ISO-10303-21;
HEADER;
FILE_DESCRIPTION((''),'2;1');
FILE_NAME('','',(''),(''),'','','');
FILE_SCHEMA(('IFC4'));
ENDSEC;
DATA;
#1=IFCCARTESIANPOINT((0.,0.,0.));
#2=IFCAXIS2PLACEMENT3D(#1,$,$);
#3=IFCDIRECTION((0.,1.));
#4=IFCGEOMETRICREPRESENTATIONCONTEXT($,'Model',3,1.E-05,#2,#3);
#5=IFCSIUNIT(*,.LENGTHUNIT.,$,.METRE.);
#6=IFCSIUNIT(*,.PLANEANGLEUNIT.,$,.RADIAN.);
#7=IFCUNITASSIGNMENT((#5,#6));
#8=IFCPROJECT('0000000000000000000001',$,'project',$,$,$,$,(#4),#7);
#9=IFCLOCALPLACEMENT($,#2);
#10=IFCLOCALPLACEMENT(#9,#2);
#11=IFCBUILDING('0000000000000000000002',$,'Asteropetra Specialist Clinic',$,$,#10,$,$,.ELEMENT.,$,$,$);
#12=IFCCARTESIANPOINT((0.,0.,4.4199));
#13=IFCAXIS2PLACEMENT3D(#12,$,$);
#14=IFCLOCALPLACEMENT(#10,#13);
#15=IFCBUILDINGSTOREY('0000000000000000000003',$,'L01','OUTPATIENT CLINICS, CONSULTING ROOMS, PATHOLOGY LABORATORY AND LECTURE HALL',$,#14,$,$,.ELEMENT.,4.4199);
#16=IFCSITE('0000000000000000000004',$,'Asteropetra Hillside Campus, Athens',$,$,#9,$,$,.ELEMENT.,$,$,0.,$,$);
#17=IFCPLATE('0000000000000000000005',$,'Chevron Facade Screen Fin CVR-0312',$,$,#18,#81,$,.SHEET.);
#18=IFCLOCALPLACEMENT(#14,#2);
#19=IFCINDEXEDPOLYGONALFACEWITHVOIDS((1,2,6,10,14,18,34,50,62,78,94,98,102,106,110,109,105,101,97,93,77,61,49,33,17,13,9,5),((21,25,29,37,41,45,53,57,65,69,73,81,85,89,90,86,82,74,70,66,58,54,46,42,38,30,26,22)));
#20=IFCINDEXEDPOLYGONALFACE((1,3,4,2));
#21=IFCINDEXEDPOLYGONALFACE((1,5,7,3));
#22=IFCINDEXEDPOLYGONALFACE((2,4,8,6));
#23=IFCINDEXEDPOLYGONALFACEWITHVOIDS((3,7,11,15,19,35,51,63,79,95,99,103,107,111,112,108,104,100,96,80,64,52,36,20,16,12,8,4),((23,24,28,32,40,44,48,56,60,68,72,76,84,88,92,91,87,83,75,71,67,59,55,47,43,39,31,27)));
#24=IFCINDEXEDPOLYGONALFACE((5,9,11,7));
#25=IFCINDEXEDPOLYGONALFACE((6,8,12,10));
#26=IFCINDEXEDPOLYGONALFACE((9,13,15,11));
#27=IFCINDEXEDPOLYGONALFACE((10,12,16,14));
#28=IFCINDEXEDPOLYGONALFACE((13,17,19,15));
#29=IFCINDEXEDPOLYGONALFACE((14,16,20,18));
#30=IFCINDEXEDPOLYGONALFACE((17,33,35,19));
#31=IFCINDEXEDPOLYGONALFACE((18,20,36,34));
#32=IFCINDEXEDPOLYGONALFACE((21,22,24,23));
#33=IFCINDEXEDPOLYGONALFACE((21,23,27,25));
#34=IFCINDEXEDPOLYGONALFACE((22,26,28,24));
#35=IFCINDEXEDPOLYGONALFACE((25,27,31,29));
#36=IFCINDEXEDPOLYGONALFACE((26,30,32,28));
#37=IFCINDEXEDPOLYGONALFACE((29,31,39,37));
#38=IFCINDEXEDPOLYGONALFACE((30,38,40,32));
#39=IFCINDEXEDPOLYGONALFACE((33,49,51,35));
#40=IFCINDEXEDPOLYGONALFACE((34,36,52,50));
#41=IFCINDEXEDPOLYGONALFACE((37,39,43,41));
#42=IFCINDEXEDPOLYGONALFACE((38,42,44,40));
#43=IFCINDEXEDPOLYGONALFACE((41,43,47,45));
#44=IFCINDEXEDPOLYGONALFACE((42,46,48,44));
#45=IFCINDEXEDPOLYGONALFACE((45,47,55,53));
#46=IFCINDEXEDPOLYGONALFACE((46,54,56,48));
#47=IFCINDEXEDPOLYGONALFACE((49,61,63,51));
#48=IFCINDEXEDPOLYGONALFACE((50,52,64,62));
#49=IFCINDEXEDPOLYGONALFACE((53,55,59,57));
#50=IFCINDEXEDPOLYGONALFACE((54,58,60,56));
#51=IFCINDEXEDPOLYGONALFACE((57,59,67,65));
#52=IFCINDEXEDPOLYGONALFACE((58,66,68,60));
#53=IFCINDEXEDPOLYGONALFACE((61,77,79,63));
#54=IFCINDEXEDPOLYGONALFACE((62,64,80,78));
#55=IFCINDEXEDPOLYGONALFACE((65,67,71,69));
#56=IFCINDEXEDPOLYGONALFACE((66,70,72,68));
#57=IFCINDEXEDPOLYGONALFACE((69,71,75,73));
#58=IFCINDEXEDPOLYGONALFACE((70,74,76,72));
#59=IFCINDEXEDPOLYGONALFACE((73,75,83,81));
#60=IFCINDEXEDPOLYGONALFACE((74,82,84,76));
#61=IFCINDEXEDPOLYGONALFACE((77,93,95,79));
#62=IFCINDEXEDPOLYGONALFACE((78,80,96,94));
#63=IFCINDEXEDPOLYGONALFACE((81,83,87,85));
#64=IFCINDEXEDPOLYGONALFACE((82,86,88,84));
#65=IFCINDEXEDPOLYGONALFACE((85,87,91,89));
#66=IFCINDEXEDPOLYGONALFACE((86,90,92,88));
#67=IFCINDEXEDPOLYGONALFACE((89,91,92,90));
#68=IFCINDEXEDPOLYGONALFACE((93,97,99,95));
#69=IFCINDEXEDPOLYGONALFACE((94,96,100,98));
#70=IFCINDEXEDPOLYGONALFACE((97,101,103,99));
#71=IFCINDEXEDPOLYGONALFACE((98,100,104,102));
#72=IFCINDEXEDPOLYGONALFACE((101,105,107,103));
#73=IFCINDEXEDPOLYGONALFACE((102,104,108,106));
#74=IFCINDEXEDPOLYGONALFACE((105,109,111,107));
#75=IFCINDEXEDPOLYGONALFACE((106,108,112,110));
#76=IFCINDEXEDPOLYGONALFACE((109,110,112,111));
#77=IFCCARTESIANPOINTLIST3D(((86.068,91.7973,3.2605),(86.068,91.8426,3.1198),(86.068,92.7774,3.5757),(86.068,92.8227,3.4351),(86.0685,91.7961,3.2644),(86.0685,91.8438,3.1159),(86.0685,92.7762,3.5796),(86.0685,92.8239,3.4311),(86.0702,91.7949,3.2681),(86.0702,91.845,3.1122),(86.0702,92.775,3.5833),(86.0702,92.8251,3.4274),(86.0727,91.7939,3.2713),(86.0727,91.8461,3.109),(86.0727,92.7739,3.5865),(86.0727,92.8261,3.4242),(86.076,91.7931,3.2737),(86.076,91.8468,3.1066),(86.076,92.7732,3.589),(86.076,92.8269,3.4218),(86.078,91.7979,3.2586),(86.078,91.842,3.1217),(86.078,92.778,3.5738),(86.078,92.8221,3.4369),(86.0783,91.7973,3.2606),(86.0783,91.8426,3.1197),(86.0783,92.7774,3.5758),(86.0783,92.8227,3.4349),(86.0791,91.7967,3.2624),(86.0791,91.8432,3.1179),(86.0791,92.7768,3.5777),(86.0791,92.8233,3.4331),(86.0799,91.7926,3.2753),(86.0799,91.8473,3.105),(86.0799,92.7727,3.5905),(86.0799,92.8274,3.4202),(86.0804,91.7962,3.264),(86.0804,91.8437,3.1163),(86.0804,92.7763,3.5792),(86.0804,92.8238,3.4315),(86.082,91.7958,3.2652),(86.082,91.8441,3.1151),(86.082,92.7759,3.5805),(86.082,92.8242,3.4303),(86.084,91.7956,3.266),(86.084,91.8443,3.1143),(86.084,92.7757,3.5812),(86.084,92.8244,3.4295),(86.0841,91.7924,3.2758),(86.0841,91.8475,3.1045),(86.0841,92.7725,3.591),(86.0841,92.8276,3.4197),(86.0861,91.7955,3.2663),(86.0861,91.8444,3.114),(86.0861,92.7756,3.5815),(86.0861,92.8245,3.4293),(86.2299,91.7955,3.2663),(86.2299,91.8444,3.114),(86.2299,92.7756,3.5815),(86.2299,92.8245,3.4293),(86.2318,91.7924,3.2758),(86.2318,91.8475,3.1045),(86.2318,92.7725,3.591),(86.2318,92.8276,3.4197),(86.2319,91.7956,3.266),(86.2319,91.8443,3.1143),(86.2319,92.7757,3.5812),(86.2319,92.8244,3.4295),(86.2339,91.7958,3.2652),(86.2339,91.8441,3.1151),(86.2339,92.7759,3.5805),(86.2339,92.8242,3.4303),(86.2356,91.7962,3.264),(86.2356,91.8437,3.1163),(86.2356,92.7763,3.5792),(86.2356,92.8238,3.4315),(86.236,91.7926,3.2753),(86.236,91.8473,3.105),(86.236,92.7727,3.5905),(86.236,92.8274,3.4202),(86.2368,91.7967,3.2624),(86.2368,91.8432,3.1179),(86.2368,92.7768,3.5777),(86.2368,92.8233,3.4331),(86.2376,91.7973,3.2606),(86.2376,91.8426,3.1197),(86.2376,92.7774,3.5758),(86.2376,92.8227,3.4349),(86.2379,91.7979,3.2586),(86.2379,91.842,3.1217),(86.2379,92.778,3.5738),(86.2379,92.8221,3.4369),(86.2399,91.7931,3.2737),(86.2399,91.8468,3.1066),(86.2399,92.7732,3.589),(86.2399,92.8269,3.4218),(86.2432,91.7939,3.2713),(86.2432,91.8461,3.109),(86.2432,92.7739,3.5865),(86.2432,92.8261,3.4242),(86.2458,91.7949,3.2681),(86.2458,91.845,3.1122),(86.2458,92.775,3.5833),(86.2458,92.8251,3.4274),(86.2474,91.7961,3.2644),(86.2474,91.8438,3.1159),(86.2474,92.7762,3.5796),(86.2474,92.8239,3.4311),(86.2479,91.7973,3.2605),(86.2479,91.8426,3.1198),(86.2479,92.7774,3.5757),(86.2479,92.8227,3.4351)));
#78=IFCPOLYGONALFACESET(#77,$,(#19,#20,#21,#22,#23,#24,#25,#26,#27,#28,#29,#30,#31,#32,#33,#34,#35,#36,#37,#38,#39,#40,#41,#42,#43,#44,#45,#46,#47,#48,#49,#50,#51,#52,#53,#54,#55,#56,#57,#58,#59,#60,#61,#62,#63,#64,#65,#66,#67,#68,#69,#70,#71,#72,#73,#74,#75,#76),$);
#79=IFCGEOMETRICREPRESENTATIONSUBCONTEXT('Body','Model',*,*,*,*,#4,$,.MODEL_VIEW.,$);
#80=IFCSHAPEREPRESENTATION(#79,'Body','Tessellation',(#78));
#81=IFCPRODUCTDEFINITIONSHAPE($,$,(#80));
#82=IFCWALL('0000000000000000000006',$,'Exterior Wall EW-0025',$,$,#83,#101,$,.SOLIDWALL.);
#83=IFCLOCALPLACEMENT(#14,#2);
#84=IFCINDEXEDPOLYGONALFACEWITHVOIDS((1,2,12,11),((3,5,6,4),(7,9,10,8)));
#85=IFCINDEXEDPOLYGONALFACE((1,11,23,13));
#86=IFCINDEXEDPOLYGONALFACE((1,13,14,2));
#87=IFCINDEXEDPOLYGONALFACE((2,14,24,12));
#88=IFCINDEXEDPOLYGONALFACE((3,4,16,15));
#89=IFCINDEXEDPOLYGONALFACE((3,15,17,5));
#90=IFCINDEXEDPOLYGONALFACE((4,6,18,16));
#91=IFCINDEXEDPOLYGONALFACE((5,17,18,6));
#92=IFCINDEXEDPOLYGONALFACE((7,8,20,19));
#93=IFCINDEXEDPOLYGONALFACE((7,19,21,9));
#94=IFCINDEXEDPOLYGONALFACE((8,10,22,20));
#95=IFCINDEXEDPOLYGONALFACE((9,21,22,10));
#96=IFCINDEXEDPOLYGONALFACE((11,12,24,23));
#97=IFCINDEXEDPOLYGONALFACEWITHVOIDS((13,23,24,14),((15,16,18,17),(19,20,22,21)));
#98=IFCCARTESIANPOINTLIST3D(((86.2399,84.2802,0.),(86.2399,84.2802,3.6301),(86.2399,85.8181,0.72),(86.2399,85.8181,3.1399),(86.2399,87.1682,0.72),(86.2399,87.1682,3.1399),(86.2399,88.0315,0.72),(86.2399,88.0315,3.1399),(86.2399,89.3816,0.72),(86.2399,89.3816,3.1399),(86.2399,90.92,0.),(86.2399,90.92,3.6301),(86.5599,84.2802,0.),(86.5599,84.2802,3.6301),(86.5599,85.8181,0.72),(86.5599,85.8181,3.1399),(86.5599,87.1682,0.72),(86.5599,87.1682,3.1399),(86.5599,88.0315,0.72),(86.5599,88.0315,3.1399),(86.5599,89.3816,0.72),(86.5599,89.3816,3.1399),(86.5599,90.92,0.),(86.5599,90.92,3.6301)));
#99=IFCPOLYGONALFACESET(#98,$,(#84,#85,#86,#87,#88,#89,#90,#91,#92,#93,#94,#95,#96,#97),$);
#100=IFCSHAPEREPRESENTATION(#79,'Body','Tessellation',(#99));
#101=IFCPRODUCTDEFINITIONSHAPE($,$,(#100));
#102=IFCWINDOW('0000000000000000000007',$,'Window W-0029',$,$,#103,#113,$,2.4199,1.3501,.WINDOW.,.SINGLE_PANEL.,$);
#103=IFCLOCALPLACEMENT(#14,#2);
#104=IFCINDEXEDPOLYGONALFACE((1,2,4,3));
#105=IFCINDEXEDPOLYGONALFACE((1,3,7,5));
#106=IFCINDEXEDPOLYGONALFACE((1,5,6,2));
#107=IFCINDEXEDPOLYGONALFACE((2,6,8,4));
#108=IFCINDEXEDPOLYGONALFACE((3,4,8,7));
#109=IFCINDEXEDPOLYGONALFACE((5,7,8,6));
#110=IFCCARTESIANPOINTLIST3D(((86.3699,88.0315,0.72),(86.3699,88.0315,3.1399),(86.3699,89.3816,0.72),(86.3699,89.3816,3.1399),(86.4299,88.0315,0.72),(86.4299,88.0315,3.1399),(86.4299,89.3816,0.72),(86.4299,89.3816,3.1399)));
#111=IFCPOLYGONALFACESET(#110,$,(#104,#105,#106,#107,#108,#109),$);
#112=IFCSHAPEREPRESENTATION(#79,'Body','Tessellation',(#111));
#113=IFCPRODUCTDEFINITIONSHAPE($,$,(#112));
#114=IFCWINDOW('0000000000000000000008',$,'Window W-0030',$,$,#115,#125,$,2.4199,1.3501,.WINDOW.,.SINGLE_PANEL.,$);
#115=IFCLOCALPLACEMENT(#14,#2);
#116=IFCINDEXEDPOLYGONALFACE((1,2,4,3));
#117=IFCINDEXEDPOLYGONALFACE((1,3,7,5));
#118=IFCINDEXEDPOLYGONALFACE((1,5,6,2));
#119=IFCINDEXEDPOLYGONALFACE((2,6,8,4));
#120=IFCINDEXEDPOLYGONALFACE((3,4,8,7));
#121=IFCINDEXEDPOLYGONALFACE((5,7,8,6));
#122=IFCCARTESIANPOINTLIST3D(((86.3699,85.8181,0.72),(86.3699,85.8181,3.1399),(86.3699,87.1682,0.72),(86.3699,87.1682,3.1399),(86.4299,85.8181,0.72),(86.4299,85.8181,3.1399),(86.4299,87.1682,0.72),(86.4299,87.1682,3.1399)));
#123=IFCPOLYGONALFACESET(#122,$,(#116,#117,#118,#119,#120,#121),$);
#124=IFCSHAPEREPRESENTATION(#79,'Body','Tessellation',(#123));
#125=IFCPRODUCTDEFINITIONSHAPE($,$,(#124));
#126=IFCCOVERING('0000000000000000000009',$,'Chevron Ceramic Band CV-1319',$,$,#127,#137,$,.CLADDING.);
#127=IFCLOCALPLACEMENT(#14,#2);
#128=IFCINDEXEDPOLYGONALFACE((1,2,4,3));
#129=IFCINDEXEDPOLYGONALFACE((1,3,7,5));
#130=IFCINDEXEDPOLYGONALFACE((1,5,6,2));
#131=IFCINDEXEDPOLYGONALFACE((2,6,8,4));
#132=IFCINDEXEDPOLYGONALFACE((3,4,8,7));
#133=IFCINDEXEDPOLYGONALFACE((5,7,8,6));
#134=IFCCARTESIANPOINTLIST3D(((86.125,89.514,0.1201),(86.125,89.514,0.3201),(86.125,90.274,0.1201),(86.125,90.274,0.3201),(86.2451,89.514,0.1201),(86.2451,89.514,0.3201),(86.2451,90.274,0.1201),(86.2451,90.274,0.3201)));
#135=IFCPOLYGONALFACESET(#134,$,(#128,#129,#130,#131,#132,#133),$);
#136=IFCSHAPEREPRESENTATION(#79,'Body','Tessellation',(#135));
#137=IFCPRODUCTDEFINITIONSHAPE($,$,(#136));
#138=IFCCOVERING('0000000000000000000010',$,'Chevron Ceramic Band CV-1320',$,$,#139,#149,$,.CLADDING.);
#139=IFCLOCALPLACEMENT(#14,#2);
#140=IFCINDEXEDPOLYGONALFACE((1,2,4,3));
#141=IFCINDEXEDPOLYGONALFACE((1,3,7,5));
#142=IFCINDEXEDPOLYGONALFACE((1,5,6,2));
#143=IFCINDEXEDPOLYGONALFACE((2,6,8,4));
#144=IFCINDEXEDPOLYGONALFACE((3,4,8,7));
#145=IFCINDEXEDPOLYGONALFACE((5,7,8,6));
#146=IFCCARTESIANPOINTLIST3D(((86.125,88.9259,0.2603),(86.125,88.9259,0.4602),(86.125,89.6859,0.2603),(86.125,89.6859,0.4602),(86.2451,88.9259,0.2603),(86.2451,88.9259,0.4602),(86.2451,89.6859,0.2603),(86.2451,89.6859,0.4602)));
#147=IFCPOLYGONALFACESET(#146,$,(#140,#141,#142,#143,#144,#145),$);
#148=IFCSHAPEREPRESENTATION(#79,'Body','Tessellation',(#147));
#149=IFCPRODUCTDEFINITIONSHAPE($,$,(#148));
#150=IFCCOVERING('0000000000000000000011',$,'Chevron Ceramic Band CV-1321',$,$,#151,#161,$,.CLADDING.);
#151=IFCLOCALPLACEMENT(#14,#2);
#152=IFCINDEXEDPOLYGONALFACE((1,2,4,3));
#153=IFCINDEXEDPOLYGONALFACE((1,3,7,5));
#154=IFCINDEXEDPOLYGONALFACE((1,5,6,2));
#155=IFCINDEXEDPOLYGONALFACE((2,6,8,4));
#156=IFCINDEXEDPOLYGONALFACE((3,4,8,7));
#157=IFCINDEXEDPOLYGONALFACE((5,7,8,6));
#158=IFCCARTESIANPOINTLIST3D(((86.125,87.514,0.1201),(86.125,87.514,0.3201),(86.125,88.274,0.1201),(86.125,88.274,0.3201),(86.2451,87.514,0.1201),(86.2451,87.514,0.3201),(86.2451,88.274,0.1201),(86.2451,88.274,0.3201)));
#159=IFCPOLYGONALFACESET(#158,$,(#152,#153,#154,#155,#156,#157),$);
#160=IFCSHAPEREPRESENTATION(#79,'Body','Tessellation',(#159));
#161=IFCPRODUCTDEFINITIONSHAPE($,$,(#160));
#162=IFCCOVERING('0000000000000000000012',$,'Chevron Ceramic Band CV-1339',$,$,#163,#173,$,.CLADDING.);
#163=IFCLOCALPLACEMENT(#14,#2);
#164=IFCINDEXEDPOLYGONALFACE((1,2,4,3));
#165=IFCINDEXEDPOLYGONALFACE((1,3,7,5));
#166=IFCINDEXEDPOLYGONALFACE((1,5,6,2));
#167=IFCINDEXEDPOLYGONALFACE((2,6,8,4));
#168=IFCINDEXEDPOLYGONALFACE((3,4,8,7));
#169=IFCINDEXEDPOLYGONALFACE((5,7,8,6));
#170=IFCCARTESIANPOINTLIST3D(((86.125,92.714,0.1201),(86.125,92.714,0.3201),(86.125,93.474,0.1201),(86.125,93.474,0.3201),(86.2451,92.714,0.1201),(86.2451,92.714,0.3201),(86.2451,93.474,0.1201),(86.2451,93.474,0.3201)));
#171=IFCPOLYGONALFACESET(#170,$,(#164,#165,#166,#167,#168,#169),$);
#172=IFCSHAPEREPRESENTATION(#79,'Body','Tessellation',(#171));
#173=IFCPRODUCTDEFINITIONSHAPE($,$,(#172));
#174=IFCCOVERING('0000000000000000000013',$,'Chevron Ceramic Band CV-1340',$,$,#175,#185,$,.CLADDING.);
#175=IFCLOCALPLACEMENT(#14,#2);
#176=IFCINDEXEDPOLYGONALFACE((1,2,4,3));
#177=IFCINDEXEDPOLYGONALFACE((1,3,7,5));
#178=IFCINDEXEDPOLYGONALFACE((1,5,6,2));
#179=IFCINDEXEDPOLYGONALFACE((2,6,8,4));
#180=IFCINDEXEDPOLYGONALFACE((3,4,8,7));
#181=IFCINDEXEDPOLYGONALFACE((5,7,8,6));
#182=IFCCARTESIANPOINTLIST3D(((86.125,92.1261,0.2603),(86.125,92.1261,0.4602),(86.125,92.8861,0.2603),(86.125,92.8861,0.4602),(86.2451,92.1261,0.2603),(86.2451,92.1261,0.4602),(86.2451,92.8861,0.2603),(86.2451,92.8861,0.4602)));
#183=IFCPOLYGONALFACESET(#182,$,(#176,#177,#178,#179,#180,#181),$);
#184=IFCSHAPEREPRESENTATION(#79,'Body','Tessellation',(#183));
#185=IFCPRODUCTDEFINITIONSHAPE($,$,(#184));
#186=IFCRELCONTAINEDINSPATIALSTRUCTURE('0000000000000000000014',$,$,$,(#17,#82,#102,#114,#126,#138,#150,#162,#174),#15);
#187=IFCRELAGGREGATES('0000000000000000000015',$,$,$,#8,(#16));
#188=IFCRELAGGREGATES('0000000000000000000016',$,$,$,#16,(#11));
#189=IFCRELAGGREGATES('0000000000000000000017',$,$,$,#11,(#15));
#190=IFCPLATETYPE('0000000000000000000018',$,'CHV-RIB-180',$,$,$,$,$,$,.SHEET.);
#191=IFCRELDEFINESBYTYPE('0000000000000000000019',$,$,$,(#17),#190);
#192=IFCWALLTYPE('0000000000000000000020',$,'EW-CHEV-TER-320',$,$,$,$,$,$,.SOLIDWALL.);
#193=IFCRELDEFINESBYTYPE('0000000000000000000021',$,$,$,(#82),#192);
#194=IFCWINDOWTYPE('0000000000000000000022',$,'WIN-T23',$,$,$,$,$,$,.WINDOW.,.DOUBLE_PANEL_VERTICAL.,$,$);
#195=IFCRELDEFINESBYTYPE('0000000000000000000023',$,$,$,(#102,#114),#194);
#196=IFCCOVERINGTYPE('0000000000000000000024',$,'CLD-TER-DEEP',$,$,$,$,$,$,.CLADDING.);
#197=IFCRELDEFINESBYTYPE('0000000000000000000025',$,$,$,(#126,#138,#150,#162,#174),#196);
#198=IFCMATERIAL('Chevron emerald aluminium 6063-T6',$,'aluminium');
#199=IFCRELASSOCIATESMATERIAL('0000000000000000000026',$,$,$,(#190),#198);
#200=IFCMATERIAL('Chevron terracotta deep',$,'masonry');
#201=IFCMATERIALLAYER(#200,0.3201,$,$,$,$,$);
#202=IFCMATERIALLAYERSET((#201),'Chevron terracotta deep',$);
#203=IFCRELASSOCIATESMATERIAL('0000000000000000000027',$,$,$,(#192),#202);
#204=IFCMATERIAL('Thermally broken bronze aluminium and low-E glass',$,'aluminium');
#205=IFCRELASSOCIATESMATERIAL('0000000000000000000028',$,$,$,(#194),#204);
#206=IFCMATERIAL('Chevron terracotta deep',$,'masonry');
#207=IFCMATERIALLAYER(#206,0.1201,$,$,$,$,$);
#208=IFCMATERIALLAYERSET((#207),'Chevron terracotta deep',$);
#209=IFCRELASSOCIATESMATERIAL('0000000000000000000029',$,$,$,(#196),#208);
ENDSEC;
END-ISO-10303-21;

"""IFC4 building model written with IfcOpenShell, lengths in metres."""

from ifc_helpers import new_model, si_unit, direction, frame, frame_2d, origin, origin_2d, place, context, subcontext, project, spatial, rectangle, hollow_rectangle, extrude, material, layer, layer_set, material_profile, profile_set, type_object, element, fill, save


model = new_model("IFC4")

# Units and contexts
model_context = context("Model", 3, precision=1e-05, world=origin(), true_north=direction((0.0, 1.0)))
body_context = subcontext(model_context, "Body", "Model", "MODEL_VIEW")
ifc_project = project(units=[si_unit("LENGTHUNIT", "METRE"), si_unit("PLANEANGLEUNIT", "RADIAN")], contexts=[model_context])

# Site, building, storey
site_placement = place(None, origin())
site = spatial("IfcSite", under=ifc_project, at=site_placement, Name="Asteropetra Hillside Campus, Athens", CompositionType="ELEMENT", RefElevation=0.0)
building_placement = place(site_placement, origin())
building = spatial("IfcBuilding", under=site, at=building_placement, Name="Asteropetra Specialist Clinic", CompositionType="ELEMENT")
storey_placement = place(building_placement, frame((0.0, 0.0, 4.4199)))
storey = spatial("IfcBuildingStorey", under=building, at=storey_placement, Name="L01", Description="OUTPATIENT CLINICS, CONSULTING ROOMS, PATHOLOGY LABORATORY AND LECTURE HALL", CompositionType="ELEMENT", Elevation=4.4199)

# Plate
ifc_material_1 = material(Name="Chevron emerald aluminium 6063-T6", Category="aluminium")
ifc_material_profile_1 = material_profile(ifc_material_1, hollow_rectangle(XDim=0.1799, YDim=0.1799, WallThickness=0.01, InnerFilletRadius=0.0081, OuterFilletRadius=0.0161, at=origin_2d()), Name="SHS 180x180x10.0")
ifc_profile_set_1 = profile_set([ifc_material_profile_1], Name="Chevron emerald aluminium 6063-T6")
plate_type = type_object("IfcPlateType", Name="CHV-RIB-180", PredefinedType="SHEET", material=ifc_profile_set_1)
for number, where, z_axis, x_axis, name in (
    (1, (86.158, 92.8, 3.5054), (0.0, -0.951974, -0.306178), (1.0, 0.0, 0.0), "Chevron Facade Screen Fin CVR-0312"),
):
    element("IfcPlate", number, at=place(storey_placement, frame(where, z_axis=z_axis, x_axis=x_axis)), inside=storey, type_object=plate_type, Name=name, PredefinedType="SHEET", context=body_context, shape_type="SweptSolid", body=[
        extrude(hollow_rectangle(XDim=0.1799, YDim=0.1799, WallThickness=0.01, InnerFilletRadius=0.0081, OuterFilletRadius=0.0161, at=origin_2d()), origin(), (0.0, 0.0, 1.0), 1.0295),
    ])

# Wall, openings, windows
ifc_material_2 = material(Name="Chevron terracotta deep", Category="masonry")
ifc_layer_1 = layer(ifc_material_2, 0.3201)
ifc_layer_set_1 = layer_set([ifc_layer_1], Name="Chevron terracotta deep")
wall_type = type_object("IfcWallType", Name="EW-CHEV-TER-320", PredefinedType="SOLIDWALL", material=ifc_layer_set_1)
wall_placement = place(storey_placement, frame((86.3999, 90.9199, 0.0), z_axis=(0.0, 0.0, 1.0), x_axis=(0.0, -1.0, 0.0)))
wall = element("IfcWall", 2, at=wall_placement, inside=storey, type_object=wall_type, Name="Exterior Wall EW-0025", PredefinedType="SOLIDWALL", context=body_context, shape_type="SweptSolid", body=[
    extrude(rectangle(XDim=6.6399, YDim=0.3201, at=frame_2d((3.3198, 0.0))), origin(), (0.0, 0.0, 1.0), 3.6301),
])
opening_1_placement = place(wall_placement, frame((1.5383, 0.0, 0.72)))
opening_1 = element("IfcOpeningElement", 3, at=opening_1_placement, cuts=wall, PredefinedType="OPENING", context=body_context, shape_type="SweptSolid", body=[
    extrude(rectangle(XDim=1.3501, YDim=2.4199, at=frame_2d((0.675, 1.21))), frame((0.0, 0.1699, 0.0), z_axis=(0.0, -1.0, 0.0), x_axis=(1.0, 0.0, 0.0)), (0.0, 0.0, 1.0), 0.3401),
])
opening_2_placement = place(wall_placement, frame((3.7517, 0.0, 0.72)))
opening_2 = element("IfcOpeningElement", 4, at=opening_2_placement, cuts=wall, PredefinedType="OPENING", context=body_context, shape_type="SweptSolid", body=[
    extrude(rectangle(XDim=1.3501, YDim=2.4199, at=frame_2d((0.675, 1.21))), frame((0.0, 0.1699, 0.0), z_axis=(0.0, -1.0, 0.0), x_axis=(1.0, 0.0, 0.0)), (0.0, 0.0, 1.0), 0.3401),
])
ifc_material_3 = material(Name="Thermally broken bronze aluminium and low-E glass", Category="aluminium")
window_type = type_object("IfcWindowType", Name="WIN-T23", PartitioningType="DOUBLE_PANEL_VERTICAL", PredefinedType="WINDOW", material=ifc_material_3)
window_1_placement = place(opening_1_placement, origin())
window_1 = element("IfcWindow", 5, at=window_1_placement, inside=storey, type_object=window_type, Name="Window W-0029", OverallHeight=2.4199, OverallWidth=1.3501, PartitioningType="SINGLE_PANEL", PredefinedType="WINDOW", context=body_context, shape_type="SweptSolid", body=[
    extrude(rectangle(XDim=1.3501, YDim=2.4199, at=frame_2d((0.675, 1.21))), frame((0.0, 0.03, 0.0), z_axis=(0.0, -1.0, 0.0), x_axis=(1.0, 0.0, 0.0)), (0.0, 0.0, 1.0), 0.0601),
])
fill(opening_1, window_1)
window_2_placement = place(opening_2_placement, origin())
window_2 = element("IfcWindow", 6, at=window_2_placement, inside=storey, type_object=window_type, Name="Window W-0030", OverallHeight=2.4199, OverallWidth=1.3501, PartitioningType="SINGLE_PANEL", PredefinedType="WINDOW", context=body_context, shape_type="SweptSolid", body=[
    extrude(rectangle(XDim=1.3501, YDim=2.4199, at=frame_2d((0.675, 1.21))), frame((0.0, 0.03, 0.0), z_axis=(0.0, -1.0, 0.0), x_axis=(1.0, 0.0, 0.0)), (0.0, 0.0, 1.0), 0.0601),
])
fill(opening_2, window_2)

# Coverings
ifc_material_4 = material(Name="Chevron terracotta deep", Category="masonry")
ifc_layer_2 = layer(ifc_material_4, 0.1201)
ifc_layer_set_2 = layer_set([ifc_layer_2], Name="Chevron terracotta deep")
covering_type_1 = type_object("IfcCoveringType", Name="CLD-TER-DEEP", PredefinedType="CLADDING", material=ifc_layer_set_2)
for number, where, z_axis, x_axis, name in (
    (7, (86.1851, 89.894, 0.1201), (0.0, 0.0, 1.0), (1.0, 0.0, 0.0), "Chevron Ceramic Band CV-1319"),
    (8, (86.1851, 89.3059, 0.2603), (0.0, 0.0, 1.0), (1.0, 0.0, 0.0), "Chevron Ceramic Band CV-1320"),
    (9, (86.1851, 87.894, 0.1201), (0.0, 0.0, 1.0), (1.0, 0.0, 0.0), "Chevron Ceramic Band CV-1321"),
    (10, (86.1851, 93.094, 0.1201), (0.0, 0.0, 1.0), (1.0, 0.0, 0.0), "Chevron Ceramic Band CV-1339"),
    (11, (86.1851, 92.5061, 0.2603), (0.0, 0.0, 1.0), (1.0, 0.0, 0.0), "Chevron Ceramic Band CV-1340"),
):
    element("IfcCovering", number, at=place(storey_placement, frame(where, z_axis=z_axis, x_axis=x_axis)), inside=storey, type_object=covering_type_1, Name=name, PredefinedType="CLADDING", context=body_context, shape_type="SweptSolid", body=[
        extrude(rectangle(XDim=0.1201, YDim=0.76, at=origin_2d()), origin(), (0.0, 0.0, 1.0), 0.2),
    ])

save(model, "model.ifc")
